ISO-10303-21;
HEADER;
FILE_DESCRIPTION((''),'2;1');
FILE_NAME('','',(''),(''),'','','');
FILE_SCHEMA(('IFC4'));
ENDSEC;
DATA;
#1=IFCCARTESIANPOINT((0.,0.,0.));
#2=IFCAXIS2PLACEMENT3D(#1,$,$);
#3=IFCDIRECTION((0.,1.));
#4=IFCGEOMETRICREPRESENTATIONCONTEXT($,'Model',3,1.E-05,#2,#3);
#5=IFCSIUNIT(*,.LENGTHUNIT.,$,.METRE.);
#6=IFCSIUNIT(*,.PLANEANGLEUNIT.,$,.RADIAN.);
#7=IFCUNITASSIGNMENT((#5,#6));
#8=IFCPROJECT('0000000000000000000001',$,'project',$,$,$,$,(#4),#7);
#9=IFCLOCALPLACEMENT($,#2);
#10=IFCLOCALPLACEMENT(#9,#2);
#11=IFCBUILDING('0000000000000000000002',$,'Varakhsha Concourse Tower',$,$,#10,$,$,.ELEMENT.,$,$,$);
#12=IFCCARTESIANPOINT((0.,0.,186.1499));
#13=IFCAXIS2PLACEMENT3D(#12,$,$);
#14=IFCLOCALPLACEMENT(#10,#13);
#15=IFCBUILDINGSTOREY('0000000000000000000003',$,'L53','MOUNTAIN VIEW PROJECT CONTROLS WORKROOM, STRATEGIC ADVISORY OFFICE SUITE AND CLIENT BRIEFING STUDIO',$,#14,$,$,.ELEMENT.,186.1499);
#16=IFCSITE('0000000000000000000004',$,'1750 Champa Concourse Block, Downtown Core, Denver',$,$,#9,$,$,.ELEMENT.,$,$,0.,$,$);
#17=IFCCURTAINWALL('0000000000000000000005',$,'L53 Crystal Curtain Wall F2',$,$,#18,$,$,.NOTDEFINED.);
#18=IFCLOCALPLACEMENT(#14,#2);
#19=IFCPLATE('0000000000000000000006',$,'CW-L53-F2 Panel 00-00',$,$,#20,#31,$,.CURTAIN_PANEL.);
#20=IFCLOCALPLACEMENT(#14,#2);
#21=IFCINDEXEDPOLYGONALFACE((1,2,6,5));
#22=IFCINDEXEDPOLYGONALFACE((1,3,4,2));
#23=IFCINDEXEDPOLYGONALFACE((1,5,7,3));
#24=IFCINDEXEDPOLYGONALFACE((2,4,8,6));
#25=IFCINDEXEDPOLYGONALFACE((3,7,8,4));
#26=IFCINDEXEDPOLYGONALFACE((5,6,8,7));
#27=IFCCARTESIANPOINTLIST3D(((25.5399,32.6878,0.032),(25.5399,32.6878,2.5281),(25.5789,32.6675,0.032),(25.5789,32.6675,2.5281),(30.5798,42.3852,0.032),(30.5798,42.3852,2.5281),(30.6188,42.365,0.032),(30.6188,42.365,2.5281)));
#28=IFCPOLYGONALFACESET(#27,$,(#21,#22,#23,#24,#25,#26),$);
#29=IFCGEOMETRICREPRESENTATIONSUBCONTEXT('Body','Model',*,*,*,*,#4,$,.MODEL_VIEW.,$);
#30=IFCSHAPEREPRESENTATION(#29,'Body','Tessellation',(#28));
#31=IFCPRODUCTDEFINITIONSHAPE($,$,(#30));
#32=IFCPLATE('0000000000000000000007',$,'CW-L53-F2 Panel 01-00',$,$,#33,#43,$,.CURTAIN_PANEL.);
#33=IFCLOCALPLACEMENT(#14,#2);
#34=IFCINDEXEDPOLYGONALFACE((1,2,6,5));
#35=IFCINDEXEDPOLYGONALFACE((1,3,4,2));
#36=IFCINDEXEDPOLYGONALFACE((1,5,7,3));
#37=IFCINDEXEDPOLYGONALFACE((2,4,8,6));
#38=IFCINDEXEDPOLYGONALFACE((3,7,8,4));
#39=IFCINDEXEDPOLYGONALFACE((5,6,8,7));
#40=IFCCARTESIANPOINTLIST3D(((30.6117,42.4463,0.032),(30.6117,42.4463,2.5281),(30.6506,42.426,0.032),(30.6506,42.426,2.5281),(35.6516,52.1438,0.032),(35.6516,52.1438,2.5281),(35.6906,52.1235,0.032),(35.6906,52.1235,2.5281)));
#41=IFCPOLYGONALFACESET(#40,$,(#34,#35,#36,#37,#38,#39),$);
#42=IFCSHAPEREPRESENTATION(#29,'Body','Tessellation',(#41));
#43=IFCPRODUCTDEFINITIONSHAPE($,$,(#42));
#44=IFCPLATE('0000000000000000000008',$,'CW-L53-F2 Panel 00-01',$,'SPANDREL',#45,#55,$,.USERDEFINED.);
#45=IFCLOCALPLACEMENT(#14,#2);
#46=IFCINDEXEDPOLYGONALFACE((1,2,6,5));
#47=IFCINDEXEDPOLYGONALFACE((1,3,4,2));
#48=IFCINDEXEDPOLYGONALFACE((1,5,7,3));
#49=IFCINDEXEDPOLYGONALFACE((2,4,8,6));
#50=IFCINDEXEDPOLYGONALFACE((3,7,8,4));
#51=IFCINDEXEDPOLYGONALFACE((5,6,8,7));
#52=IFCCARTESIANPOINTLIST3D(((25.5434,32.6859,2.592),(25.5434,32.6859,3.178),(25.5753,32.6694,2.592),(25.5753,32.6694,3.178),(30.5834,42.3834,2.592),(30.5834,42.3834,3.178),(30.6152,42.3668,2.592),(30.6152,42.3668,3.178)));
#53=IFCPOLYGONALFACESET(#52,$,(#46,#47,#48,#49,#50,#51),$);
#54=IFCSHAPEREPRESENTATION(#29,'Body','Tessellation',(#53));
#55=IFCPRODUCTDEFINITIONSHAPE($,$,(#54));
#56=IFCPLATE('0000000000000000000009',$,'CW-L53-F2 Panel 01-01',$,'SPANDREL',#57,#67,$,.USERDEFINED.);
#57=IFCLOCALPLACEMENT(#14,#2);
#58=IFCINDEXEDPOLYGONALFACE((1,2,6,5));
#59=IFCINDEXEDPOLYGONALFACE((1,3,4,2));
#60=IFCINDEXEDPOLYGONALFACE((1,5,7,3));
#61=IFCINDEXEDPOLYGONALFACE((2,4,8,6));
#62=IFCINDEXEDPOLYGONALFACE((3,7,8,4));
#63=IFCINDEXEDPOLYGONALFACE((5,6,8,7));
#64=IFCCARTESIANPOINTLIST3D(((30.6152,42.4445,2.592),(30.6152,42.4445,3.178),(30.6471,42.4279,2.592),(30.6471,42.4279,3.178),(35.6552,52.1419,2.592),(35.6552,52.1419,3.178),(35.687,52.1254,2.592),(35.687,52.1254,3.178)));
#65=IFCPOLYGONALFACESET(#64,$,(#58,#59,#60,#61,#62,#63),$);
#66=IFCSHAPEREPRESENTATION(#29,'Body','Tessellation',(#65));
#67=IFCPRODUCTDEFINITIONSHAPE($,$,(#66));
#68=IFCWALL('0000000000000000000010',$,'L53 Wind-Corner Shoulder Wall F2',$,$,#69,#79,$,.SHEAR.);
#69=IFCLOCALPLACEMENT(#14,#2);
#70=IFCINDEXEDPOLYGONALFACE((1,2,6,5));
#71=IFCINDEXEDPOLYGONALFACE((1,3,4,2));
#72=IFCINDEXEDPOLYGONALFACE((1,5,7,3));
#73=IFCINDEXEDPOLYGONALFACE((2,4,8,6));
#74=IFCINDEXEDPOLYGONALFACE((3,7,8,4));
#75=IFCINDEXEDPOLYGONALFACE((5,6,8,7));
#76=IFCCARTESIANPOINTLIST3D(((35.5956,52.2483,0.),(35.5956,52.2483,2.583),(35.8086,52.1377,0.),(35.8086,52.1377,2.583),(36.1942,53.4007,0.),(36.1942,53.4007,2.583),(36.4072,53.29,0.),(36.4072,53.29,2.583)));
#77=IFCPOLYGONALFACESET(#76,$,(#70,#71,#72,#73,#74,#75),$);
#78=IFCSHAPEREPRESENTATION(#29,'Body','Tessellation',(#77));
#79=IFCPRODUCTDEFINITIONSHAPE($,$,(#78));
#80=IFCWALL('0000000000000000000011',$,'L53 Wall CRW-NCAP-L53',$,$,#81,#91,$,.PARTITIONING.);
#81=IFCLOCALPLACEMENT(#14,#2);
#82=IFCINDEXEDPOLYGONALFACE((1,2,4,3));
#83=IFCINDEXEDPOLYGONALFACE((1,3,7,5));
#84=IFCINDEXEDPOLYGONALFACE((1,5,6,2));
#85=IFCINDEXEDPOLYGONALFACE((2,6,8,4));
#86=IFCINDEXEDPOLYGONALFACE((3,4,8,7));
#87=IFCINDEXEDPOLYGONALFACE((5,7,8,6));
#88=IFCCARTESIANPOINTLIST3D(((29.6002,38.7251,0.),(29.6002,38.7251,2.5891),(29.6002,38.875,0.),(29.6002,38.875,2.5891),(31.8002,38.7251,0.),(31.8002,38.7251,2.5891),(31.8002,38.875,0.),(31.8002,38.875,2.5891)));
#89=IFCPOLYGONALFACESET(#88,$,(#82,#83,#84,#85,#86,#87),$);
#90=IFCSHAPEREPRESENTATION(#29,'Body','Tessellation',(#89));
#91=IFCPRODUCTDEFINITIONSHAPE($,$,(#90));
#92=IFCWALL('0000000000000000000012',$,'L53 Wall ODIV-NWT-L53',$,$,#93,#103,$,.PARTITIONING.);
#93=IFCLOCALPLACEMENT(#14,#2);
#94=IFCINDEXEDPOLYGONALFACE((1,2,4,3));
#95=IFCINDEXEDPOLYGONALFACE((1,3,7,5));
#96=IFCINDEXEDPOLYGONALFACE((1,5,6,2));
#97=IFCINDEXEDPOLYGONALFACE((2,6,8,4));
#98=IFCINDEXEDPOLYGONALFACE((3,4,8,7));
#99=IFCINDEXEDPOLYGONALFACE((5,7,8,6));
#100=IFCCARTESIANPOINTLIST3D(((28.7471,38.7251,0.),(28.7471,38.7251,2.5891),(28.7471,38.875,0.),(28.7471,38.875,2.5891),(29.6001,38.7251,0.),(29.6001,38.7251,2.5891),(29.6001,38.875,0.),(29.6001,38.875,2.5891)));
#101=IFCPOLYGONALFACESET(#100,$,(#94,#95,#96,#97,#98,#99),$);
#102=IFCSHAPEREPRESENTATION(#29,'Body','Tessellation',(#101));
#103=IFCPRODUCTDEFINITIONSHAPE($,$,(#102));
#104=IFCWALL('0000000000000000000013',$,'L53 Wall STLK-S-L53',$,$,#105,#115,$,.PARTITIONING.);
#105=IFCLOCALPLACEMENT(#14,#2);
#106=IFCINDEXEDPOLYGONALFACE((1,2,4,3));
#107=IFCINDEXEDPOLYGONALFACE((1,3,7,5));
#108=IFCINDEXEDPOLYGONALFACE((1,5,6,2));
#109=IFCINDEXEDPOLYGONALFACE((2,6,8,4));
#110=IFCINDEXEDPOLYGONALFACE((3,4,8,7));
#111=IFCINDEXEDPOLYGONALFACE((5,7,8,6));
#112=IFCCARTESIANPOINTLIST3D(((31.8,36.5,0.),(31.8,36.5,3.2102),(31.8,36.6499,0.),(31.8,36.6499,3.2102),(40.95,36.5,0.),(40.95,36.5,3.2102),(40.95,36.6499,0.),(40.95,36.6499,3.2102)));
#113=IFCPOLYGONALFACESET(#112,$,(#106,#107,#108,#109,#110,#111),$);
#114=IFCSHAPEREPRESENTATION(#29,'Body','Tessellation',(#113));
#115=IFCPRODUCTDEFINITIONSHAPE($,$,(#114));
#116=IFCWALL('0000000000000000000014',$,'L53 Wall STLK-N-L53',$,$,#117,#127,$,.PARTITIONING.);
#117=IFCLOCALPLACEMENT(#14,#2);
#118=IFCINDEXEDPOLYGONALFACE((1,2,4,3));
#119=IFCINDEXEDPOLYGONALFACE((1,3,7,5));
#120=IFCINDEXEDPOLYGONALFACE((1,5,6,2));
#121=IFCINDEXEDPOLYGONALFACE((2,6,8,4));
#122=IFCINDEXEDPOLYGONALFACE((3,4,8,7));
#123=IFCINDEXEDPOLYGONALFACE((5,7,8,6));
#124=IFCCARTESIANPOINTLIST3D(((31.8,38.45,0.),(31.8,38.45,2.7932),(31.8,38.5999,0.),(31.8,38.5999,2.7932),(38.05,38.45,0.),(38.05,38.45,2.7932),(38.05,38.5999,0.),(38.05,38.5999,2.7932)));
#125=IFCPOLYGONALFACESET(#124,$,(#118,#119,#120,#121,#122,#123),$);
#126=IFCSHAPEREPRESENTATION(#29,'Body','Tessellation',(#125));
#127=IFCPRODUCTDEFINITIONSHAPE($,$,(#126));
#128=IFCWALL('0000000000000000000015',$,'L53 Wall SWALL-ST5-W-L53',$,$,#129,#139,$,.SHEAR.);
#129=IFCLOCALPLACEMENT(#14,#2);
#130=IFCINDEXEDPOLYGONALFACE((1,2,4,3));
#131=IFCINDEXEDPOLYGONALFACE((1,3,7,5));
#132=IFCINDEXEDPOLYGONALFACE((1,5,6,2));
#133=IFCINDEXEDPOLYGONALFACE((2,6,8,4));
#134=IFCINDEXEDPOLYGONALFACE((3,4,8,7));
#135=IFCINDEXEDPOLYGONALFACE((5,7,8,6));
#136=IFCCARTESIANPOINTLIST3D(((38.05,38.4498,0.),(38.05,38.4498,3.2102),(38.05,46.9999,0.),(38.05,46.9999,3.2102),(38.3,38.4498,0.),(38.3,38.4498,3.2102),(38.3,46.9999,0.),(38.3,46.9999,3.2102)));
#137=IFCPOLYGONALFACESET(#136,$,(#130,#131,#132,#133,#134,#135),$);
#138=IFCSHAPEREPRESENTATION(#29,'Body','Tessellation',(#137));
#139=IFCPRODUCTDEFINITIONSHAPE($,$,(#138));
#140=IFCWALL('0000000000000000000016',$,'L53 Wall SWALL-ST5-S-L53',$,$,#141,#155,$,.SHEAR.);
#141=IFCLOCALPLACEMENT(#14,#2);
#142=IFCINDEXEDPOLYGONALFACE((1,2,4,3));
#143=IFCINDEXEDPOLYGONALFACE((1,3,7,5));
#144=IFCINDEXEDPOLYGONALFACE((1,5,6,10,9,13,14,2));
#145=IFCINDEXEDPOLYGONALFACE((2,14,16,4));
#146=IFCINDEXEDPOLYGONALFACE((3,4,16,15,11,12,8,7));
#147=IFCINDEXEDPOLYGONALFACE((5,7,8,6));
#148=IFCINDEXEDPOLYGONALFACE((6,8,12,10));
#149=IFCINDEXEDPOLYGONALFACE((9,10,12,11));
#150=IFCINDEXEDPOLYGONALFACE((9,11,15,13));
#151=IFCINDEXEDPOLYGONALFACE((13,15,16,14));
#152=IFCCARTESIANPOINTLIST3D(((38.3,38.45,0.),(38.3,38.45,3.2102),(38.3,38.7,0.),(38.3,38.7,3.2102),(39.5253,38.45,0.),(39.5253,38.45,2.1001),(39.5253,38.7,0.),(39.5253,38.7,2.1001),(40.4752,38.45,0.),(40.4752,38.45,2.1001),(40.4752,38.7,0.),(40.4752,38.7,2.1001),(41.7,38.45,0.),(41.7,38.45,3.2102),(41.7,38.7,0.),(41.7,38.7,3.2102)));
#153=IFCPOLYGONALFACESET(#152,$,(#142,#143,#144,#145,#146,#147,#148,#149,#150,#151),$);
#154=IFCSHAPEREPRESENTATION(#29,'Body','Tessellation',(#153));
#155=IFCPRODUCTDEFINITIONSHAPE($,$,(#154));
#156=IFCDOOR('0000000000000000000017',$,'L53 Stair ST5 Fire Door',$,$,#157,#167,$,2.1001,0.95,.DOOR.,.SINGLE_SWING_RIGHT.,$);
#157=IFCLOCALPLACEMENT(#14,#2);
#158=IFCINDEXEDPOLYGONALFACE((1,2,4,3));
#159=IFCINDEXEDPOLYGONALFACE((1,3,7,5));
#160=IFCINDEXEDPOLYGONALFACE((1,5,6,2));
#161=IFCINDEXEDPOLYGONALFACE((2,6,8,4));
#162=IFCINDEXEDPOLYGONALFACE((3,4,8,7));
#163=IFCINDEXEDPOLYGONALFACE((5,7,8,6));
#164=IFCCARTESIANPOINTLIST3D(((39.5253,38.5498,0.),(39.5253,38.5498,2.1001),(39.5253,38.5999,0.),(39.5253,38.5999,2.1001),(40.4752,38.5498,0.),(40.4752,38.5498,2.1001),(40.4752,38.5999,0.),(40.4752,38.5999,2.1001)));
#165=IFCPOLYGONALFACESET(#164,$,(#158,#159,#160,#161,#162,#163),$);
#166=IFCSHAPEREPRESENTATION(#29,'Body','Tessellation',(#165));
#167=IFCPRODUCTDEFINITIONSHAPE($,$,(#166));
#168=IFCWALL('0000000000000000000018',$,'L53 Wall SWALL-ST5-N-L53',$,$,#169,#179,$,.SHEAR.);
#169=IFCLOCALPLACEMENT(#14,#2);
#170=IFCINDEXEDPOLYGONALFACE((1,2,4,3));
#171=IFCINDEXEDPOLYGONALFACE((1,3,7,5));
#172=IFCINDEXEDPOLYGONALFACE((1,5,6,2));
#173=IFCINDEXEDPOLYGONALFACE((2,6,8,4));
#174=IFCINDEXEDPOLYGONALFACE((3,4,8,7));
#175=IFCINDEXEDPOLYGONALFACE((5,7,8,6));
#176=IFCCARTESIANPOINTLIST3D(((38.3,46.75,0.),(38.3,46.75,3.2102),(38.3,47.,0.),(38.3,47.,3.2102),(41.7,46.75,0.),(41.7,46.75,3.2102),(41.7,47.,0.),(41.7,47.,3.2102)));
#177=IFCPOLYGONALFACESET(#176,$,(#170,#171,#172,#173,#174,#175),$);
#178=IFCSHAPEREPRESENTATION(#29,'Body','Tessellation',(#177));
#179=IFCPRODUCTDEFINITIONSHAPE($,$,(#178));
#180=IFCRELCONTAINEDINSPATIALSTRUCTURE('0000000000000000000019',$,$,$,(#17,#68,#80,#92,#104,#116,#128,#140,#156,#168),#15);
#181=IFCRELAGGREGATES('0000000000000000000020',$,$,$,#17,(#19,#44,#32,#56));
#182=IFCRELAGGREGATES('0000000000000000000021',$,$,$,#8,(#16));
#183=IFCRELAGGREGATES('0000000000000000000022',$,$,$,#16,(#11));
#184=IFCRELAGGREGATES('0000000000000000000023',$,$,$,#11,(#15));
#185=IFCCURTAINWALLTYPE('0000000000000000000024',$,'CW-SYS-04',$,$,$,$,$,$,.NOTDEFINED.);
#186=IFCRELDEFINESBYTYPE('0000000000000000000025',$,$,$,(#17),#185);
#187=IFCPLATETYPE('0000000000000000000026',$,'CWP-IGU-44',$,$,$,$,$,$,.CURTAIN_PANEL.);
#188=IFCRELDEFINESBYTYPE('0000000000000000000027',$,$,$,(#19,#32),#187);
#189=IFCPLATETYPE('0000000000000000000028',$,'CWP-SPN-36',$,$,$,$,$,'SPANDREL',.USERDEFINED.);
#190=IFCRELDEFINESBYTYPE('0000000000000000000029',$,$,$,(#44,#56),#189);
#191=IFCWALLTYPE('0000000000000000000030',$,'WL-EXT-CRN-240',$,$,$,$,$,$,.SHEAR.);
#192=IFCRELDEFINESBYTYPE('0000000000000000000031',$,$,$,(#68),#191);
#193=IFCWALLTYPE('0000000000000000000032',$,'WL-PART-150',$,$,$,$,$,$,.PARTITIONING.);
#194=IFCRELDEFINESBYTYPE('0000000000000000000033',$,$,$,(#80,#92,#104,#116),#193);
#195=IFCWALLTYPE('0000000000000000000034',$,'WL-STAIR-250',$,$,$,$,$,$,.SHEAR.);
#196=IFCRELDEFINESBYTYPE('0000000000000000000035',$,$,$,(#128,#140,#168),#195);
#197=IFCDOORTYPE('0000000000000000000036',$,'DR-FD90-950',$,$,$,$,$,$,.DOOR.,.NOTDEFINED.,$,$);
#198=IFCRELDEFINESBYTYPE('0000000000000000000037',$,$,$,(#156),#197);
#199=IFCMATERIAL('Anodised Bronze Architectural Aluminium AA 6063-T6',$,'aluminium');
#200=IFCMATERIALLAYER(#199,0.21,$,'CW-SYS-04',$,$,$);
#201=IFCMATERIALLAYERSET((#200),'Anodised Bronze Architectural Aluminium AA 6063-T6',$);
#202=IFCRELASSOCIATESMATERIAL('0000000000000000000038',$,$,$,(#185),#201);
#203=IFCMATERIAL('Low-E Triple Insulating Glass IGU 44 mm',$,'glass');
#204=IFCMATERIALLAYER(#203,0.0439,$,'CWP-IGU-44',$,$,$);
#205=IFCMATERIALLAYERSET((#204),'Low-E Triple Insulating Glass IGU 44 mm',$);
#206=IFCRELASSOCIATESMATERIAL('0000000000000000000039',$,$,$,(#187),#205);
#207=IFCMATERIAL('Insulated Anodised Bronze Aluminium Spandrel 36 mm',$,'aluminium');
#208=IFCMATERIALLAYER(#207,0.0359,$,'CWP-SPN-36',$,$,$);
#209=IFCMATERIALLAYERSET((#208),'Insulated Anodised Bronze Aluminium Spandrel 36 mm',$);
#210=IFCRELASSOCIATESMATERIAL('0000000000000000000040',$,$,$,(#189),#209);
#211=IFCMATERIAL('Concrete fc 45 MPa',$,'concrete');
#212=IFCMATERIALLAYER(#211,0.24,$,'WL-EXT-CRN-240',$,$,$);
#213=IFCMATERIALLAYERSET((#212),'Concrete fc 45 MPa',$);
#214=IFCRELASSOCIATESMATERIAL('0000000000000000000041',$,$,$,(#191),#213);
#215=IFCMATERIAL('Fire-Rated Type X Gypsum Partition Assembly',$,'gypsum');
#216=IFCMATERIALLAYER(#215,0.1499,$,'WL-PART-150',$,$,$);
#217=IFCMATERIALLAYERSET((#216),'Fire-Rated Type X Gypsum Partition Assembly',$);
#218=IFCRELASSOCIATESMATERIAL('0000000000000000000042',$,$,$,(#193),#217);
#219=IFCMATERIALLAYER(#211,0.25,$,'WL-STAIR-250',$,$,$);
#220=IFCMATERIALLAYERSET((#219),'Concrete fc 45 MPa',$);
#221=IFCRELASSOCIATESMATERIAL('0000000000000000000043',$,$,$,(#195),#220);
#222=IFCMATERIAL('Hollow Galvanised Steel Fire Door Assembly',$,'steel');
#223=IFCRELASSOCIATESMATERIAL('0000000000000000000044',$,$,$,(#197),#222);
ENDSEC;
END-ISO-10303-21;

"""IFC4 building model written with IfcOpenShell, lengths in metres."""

from ifc_helpers import new_model, si_unit, direction, frame, frame_2d, origin, origin_2d, place, context, subcontext, project, spatial, rectangle, extrude, source, transform, mapped, material, layer, layer_set, type_object, type_shapes, element, fill, aggregate, save


model = new_model("IFC4")

# Units and contexts
model_context = context("Model", 3, precision=1e-05, world=origin(), true_north=direction((0.0, 1.0)))
body_context = subcontext(model_context, "Body", "Model", "MODEL_VIEW")
ifc_project = project(units=[si_unit("LENGTHUNIT", "METRE"), si_unit("PLANEANGLEUNIT", "RADIAN")], contexts=[model_context])

# Site, building, storey
site_placement = place(None, origin())
site = spatial("IfcSite", under=ifc_project, at=site_placement, Name="1750 Champa Concourse Block, Downtown Core, Denver", CompositionType="ELEMENT", RefElevation=0.0)
building_placement = place(site_placement, origin())
building = spatial("IfcBuilding", under=site, at=building_placement, Name="Varakhsha Concourse Tower", CompositionType="ELEMENT")
storey_placement = place(building_placement, frame((0.0, 0.0, 186.1499)))
storey = spatial("IfcBuildingStorey", under=building, at=storey_placement, Name="L53", Description="MOUNTAIN VIEW PROJECT CONTROLS WORKROOM, STRATEGIC ADVISORY OFFICE SUITE AND CLIENT BRIEFING STUDIO", CompositionType="ELEMENT", Elevation=186.1499)

# Shared definitions
ifc_material_1 = material(Name="Anodised Bronze Architectural Aluminium AA 6063-T6", Category="aluminium")
ifc_layer_1 = layer(ifc_material_1, 0.21, Name="CW-SYS-04")
ifc_layer_set_1 = layer_set([ifc_layer_1], Name="Anodised Bronze Architectural Aluminium AA 6063-T6")
curtain_wall_type = type_object("IfcCurtainWallType", Name="CW-SYS-04", PredefinedType="NOTDEFINED", material=ifc_layer_set_1)

# Curtain wall
curtain_wall_1_placement = place(storey_placement, origin())
curtain_wall_1 = element("IfcCurtainWall", 1, at=curtain_wall_1_placement, inside=storey, type_object=curtain_wall_type, Name="L53 Crystal Curtain Wall F2", PredefinedType="NOTDEFINED")

# Plates
ifc_material_2 = material(Name="Low-E Triple Insulating Glass IGU 44 mm", Category="glass")
ifc_layer_2 = layer(ifc_material_2, 0.0439, Name="CWP-IGU-44")
ifc_layer_set_2 = layer_set([ifc_layer_2], Name="Low-E Triple Insulating Glass IGU 44 mm")
plate_type_1 = type_object("IfcPlateType", Name="CWP-IGU-44", PredefinedType="CURTAIN_PANEL", material=ifc_layer_set_2)
shared_shape_1 = source(origin(), body_context, "Body", "SweptSolid", [
    extrude(rectangle(XDim=10.929, YDim=0.0439, at=origin_2d()), origin(), (0.0, 0.0, 1.0), 2.4961),
])
type_shapes(plate_type_1, [shared_shape_1])
plate_1_placement = place(storey_placement, frame((28.0793, 37.5264, 0.032), z_axis=(0.0, 0.0, 1.0), x_axis=(0.461156, 0.887319, 0.0)))
plate_1 = element("IfcPlate", 2, at=plate_1_placement, type_object=plate_type_1, Name="CW-L53-F2 Panel 00-00", PredefinedType="CURTAIN_PANEL", context=body_context, shape_type="MappedRepresentation", body=[
    mapped(shared_shape_1, transform((0.0, 0.0, 0.0), scale=1.0)),
])
plate_2_placement = place(storey_placement, frame((33.1511, 47.2849, 0.032), z_axis=(0.0, 0.0, 1.0), x_axis=(0.461156, 0.887319, 0.0)))
plate_2 = element("IfcPlate", 3, at=plate_2_placement, type_object=plate_type_1, Name="CW-L53-F2 Panel 01-00", PredefinedType="CURTAIN_PANEL", context=body_context, shape_type="MappedRepresentation", body=[
    mapped(shared_shape_1, transform((0.0, 0.0, 0.0), scale=1.0)),
])
ifc_material_3 = material(Name="Insulated Anodised Bronze Aluminium Spandrel 36 mm", Category="aluminium")
ifc_layer_3 = layer(ifc_material_3, 0.0359, Name="CWP-SPN-36")
ifc_layer_set_3 = layer_set([ifc_layer_3], Name="Insulated Anodised Bronze Aluminium Spandrel 36 mm")
plate_type_2 = type_object("IfcPlateType", Name="CWP-SPN-36", ElementType="SPANDREL", PredefinedType="USERDEFINED", material=ifc_layer_set_3)
shared_shape_2 = source(origin(), body_context, "Body", "SweptSolid", [
    extrude(rectangle(XDim=10.929, YDim=0.0359, at=origin_2d()), origin(), (0.0, 0.0, 1.0), 0.5859),
])
type_shapes(plate_type_2, [shared_shape_2])
plate_3_placement = place(storey_placement, frame((28.0793, 37.5264, 2.592), z_axis=(0.0, 0.0, 1.0), x_axis=(0.461156, 0.887319, 0.0)))
plate_3 = element("IfcPlate", 4, at=plate_3_placement, type_object=plate_type_2, Name="CW-L53-F2 Panel 00-01", ObjectType="SPANDREL", PredefinedType="USERDEFINED", context=body_context, shape_type="MappedRepresentation", body=[
    mapped(shared_shape_2, transform((0.0, 0.0, 0.0), scale=1.0)),
])
plate_4_placement = place(storey_placement, frame((33.1511, 47.2849, 2.592), z_axis=(0.0, 0.0, 1.0), x_axis=(0.461156, 0.887319, 0.0)))
plate_4 = element("IfcPlate", 5, at=plate_4_placement, type_object=plate_type_2, Name="CW-L53-F2 Panel 01-01", ObjectType="SPANDREL", PredefinedType="USERDEFINED", context=body_context, shape_type="MappedRepresentation", body=[
    mapped(shared_shape_2, transform((0.0, 0.0, 0.0), scale=1.0)),
])
aggregate(curtain_wall_1, [plate_1, plate_3, plate_2, plate_4])

# Walls
ifc_material_4 = material(Name="Concrete fc 45 MPa", Category="concrete")
ifc_layer_4 = layer(ifc_material_4, 0.24, Name="WL-EXT-CRN-240")
ifc_layer_set_4 = layer_set([ifc_layer_4], Name="Concrete fc 45 MPa")
wall_type_1 = type_object("IfcWallType", Name="WL-EXT-CRN-240", PredefinedType="SHEAR", material=ifc_layer_set_4)
wall_1_placement = place(storey_placement, frame((36.3008, 53.3455, 0.0), z_axis=(0.0, 0.0, 1.0), x_axis=(-0.460998, -0.887401, 0.0)))
element("IfcWall", 6, at=wall_1_placement, inside=storey, type_object=wall_type_1, Name="L53 Wind-Corner Shoulder Wall F2", PredefinedType="SHEAR", context=body_context, shape_type="SweptSolid", body=[
    extrude(rectangle(XDim=1.2986, YDim=0.24, at=frame_2d((0.6494, 0.0))), origin(), (0.0, 0.0, 1.0), 2.583),
])
ifc_material_5 = material(Name="Fire-Rated Type X Gypsum Partition Assembly", Category="gypsum")
ifc_layer_5 = layer(ifc_material_5, 0.1499, Name="WL-PART-150")
ifc_layer_set_5 = layer_set([ifc_layer_5], Name="Fire-Rated Type X Gypsum Partition Assembly")
wall_type_2 = type_object("IfcWallType", Name="WL-PART-150", PredefinedType="PARTITIONING", material=ifc_layer_set_5)
wall_2_placement = place(storey_placement, frame((29.6001, 38.8, 0.0), z_axis=(0.0, 0.0, 1.0), x_axis=(1.0, 0.0, 0.0)))
element("IfcWall", 7, at=wall_2_placement, inside=storey, type_object=wall_type_2, Name="L53 Wall CRW-NCAP-L53", PredefinedType="PARTITIONING", context=body_context, shape_type="SweptSolid", body=[
    extrude(rectangle(XDim=2.2, YDim=0.1499, at=frame_2d((1.1001, 0.0))), origin(), (0.0, 0.0, 1.0), 2.5891),
])
wall_3_placement = place(storey_placement, frame((28.7471, 38.8, 0.0), z_axis=(0.0, 0.0, 1.0), x_axis=(1.0, 0.0, 0.0)))
element("IfcWall", 8, at=wall_3_placement, inside=storey, type_object=wall_type_2, Name="L53 Wall ODIV-NWT-L53", PredefinedType="PARTITIONING", context=body_context, shape_type="SweptSolid", body=[
    extrude(rectangle(XDim=0.853, YDim=0.1499, at=frame_2d((0.4265, 0.0))), origin(), (0.0, 0.0, 1.0), 2.5891),
])
wall_4_placement = place(storey_placement, frame((31.8, 36.575, 0.0), z_axis=(0.0, 0.0, 1.0), x_axis=(1.0, 0.0, 0.0)))
element("IfcWall", 9, at=wall_4_placement, inside=storey, type_object=wall_type_2, Name="L53 Wall STLK-S-L53", PredefinedType="PARTITIONING", context=body_context, shape_type="SweptSolid", body=[
    extrude(rectangle(XDim=9.1499, YDim=0.1499, at=frame_2d((4.575, 0.0))), origin(), (0.0, 0.0, 1.0), 3.2102),
])
wall_5_placement = place(storey_placement, frame((31.8, 38.5249, 0.0), z_axis=(0.0, 0.0, 1.0), x_axis=(1.0, 0.0, 0.0)))
element("IfcWall", 10, at=wall_5_placement, inside=storey, type_object=wall_type_2, Name="L53 Wall STLK-N-L53", PredefinedType="PARTITIONING", context=body_context, shape_type="SweptSolid", body=[
    extrude(rectangle(XDim=6.25, YDim=0.1499, at=frame_2d((3.125, 0.0))), origin(), (0.0, 0.0, 1.0), 2.7932),
])
ifc_layer_6 = layer(ifc_material_4, 0.25, Name="WL-STAIR-250")
ifc_layer_set_6 = layer_set([ifc_layer_6], Name="Concrete fc 45 MPa")
wall_type_3 = type_object("IfcWallType", Name="WL-STAIR-250", PredefinedType="SHEAR", material=ifc_layer_set_6)
wall_6_placement = place(storey_placement, frame((38.175, 38.45, 0.0), z_axis=(0.0, 0.0, 1.0), x_axis=(0.0, 1.0, 0.0)))
element("IfcWall", 11, at=wall_6_placement, inside=storey, type_object=wall_type_3, Name="L53 Wall SWALL-ST5-W-L53", PredefinedType="SHEAR", context=body_context, shape_type="SweptSolid", body=[
    extrude(rectangle(XDim=8.55, YDim=0.25, at=frame_2d((4.2749, 0.0))), origin(), (0.0, 0.0, 1.0), 3.2102),
])

# Wall, opening, door
wall_7_placement = place(storey_placement, frame((38.3, 38.575, 0.0), z_axis=(0.0, 0.0, 1.0), x_axis=(1.0, 0.0, 0.0)))
wall_7 = element("IfcWall", 12, at=wall_7_placement, inside=storey, type_object=wall_type_3, Name="L53 Wall SWALL-ST5-S-L53", PredefinedType="SHEAR", context=body_context, shape_type="SweptSolid", body=[
    extrude(rectangle(XDim=3.3999, YDim=0.25, at=frame_2d((1.7, 0.0))), origin(), (0.0, 0.0, 1.0), 3.2102),
])
opening_placement = place(wall_7_placement, frame((1.2251, 0.0, 0.0)))
opening = element("IfcOpeningElement", 13, at=opening_placement, cuts=wall_7, PredefinedType="OPENING", context=body_context, shape_type="SweptSolid", body=[
    extrude(rectangle(XDim=0.95, YDim=2.1001, at=frame_2d((0.4751, 1.05))), frame((0.0, 0.135, 0.0), z_axis=(0.0, -1.0, 0.0), x_axis=(1.0, 0.0, 0.0)), (0.0, 0.0, 1.0), 0.27),
])
ifc_material_6 = material(Name="Hollow Galvanised Steel Fire Door Assembly", Category="steel")
door_type = type_object("IfcDoorType", Name="DR-FD90-950", OperationType="NOTDEFINED", PredefinedType="DOOR", material=ifc_material_6)
door_placement = place(opening_placement, origin())
door = element("IfcDoor", 14, at=door_placement, inside=storey, type_object=door_type, Name="L53 Stair ST5 Fire Door", OperationType="SINGLE_SWING_RIGHT", OverallHeight=2.1001, OverallWidth=0.95, PredefinedType="DOOR", context=body_context, shape_type="SweptSolid", body=[
    extrude(rectangle(XDim=0.95, YDim=2.1001, at=frame_2d((0.4751, 1.05))), frame((0.0, 0.0249, 0.0), z_axis=(0.0, -1.0, 0.0), x_axis=(1.0, 0.0, 0.0)), (0.0, 0.0, 1.0), 0.05),
])
fill(opening, door)

# Wall
wall_8_placement = place(storey_placement, frame((38.3, 46.875, 0.0), z_axis=(0.0, 0.0, 1.0), x_axis=(1.0, 0.0, 0.0)))
element("IfcWall", 15, at=wall_8_placement, inside=storey, type_object=wall_type_3, Name="L53 Wall SWALL-ST5-N-L53", PredefinedType="SHEAR", context=body_context, shape_type="SweptSolid", body=[
    extrude(rectangle(XDim=3.3999, YDim=0.25, at=frame_2d((1.7, 0.0))), origin(), (0.0, 0.0, 1.0), 3.2102),
])

save(model, "model.ifc")
